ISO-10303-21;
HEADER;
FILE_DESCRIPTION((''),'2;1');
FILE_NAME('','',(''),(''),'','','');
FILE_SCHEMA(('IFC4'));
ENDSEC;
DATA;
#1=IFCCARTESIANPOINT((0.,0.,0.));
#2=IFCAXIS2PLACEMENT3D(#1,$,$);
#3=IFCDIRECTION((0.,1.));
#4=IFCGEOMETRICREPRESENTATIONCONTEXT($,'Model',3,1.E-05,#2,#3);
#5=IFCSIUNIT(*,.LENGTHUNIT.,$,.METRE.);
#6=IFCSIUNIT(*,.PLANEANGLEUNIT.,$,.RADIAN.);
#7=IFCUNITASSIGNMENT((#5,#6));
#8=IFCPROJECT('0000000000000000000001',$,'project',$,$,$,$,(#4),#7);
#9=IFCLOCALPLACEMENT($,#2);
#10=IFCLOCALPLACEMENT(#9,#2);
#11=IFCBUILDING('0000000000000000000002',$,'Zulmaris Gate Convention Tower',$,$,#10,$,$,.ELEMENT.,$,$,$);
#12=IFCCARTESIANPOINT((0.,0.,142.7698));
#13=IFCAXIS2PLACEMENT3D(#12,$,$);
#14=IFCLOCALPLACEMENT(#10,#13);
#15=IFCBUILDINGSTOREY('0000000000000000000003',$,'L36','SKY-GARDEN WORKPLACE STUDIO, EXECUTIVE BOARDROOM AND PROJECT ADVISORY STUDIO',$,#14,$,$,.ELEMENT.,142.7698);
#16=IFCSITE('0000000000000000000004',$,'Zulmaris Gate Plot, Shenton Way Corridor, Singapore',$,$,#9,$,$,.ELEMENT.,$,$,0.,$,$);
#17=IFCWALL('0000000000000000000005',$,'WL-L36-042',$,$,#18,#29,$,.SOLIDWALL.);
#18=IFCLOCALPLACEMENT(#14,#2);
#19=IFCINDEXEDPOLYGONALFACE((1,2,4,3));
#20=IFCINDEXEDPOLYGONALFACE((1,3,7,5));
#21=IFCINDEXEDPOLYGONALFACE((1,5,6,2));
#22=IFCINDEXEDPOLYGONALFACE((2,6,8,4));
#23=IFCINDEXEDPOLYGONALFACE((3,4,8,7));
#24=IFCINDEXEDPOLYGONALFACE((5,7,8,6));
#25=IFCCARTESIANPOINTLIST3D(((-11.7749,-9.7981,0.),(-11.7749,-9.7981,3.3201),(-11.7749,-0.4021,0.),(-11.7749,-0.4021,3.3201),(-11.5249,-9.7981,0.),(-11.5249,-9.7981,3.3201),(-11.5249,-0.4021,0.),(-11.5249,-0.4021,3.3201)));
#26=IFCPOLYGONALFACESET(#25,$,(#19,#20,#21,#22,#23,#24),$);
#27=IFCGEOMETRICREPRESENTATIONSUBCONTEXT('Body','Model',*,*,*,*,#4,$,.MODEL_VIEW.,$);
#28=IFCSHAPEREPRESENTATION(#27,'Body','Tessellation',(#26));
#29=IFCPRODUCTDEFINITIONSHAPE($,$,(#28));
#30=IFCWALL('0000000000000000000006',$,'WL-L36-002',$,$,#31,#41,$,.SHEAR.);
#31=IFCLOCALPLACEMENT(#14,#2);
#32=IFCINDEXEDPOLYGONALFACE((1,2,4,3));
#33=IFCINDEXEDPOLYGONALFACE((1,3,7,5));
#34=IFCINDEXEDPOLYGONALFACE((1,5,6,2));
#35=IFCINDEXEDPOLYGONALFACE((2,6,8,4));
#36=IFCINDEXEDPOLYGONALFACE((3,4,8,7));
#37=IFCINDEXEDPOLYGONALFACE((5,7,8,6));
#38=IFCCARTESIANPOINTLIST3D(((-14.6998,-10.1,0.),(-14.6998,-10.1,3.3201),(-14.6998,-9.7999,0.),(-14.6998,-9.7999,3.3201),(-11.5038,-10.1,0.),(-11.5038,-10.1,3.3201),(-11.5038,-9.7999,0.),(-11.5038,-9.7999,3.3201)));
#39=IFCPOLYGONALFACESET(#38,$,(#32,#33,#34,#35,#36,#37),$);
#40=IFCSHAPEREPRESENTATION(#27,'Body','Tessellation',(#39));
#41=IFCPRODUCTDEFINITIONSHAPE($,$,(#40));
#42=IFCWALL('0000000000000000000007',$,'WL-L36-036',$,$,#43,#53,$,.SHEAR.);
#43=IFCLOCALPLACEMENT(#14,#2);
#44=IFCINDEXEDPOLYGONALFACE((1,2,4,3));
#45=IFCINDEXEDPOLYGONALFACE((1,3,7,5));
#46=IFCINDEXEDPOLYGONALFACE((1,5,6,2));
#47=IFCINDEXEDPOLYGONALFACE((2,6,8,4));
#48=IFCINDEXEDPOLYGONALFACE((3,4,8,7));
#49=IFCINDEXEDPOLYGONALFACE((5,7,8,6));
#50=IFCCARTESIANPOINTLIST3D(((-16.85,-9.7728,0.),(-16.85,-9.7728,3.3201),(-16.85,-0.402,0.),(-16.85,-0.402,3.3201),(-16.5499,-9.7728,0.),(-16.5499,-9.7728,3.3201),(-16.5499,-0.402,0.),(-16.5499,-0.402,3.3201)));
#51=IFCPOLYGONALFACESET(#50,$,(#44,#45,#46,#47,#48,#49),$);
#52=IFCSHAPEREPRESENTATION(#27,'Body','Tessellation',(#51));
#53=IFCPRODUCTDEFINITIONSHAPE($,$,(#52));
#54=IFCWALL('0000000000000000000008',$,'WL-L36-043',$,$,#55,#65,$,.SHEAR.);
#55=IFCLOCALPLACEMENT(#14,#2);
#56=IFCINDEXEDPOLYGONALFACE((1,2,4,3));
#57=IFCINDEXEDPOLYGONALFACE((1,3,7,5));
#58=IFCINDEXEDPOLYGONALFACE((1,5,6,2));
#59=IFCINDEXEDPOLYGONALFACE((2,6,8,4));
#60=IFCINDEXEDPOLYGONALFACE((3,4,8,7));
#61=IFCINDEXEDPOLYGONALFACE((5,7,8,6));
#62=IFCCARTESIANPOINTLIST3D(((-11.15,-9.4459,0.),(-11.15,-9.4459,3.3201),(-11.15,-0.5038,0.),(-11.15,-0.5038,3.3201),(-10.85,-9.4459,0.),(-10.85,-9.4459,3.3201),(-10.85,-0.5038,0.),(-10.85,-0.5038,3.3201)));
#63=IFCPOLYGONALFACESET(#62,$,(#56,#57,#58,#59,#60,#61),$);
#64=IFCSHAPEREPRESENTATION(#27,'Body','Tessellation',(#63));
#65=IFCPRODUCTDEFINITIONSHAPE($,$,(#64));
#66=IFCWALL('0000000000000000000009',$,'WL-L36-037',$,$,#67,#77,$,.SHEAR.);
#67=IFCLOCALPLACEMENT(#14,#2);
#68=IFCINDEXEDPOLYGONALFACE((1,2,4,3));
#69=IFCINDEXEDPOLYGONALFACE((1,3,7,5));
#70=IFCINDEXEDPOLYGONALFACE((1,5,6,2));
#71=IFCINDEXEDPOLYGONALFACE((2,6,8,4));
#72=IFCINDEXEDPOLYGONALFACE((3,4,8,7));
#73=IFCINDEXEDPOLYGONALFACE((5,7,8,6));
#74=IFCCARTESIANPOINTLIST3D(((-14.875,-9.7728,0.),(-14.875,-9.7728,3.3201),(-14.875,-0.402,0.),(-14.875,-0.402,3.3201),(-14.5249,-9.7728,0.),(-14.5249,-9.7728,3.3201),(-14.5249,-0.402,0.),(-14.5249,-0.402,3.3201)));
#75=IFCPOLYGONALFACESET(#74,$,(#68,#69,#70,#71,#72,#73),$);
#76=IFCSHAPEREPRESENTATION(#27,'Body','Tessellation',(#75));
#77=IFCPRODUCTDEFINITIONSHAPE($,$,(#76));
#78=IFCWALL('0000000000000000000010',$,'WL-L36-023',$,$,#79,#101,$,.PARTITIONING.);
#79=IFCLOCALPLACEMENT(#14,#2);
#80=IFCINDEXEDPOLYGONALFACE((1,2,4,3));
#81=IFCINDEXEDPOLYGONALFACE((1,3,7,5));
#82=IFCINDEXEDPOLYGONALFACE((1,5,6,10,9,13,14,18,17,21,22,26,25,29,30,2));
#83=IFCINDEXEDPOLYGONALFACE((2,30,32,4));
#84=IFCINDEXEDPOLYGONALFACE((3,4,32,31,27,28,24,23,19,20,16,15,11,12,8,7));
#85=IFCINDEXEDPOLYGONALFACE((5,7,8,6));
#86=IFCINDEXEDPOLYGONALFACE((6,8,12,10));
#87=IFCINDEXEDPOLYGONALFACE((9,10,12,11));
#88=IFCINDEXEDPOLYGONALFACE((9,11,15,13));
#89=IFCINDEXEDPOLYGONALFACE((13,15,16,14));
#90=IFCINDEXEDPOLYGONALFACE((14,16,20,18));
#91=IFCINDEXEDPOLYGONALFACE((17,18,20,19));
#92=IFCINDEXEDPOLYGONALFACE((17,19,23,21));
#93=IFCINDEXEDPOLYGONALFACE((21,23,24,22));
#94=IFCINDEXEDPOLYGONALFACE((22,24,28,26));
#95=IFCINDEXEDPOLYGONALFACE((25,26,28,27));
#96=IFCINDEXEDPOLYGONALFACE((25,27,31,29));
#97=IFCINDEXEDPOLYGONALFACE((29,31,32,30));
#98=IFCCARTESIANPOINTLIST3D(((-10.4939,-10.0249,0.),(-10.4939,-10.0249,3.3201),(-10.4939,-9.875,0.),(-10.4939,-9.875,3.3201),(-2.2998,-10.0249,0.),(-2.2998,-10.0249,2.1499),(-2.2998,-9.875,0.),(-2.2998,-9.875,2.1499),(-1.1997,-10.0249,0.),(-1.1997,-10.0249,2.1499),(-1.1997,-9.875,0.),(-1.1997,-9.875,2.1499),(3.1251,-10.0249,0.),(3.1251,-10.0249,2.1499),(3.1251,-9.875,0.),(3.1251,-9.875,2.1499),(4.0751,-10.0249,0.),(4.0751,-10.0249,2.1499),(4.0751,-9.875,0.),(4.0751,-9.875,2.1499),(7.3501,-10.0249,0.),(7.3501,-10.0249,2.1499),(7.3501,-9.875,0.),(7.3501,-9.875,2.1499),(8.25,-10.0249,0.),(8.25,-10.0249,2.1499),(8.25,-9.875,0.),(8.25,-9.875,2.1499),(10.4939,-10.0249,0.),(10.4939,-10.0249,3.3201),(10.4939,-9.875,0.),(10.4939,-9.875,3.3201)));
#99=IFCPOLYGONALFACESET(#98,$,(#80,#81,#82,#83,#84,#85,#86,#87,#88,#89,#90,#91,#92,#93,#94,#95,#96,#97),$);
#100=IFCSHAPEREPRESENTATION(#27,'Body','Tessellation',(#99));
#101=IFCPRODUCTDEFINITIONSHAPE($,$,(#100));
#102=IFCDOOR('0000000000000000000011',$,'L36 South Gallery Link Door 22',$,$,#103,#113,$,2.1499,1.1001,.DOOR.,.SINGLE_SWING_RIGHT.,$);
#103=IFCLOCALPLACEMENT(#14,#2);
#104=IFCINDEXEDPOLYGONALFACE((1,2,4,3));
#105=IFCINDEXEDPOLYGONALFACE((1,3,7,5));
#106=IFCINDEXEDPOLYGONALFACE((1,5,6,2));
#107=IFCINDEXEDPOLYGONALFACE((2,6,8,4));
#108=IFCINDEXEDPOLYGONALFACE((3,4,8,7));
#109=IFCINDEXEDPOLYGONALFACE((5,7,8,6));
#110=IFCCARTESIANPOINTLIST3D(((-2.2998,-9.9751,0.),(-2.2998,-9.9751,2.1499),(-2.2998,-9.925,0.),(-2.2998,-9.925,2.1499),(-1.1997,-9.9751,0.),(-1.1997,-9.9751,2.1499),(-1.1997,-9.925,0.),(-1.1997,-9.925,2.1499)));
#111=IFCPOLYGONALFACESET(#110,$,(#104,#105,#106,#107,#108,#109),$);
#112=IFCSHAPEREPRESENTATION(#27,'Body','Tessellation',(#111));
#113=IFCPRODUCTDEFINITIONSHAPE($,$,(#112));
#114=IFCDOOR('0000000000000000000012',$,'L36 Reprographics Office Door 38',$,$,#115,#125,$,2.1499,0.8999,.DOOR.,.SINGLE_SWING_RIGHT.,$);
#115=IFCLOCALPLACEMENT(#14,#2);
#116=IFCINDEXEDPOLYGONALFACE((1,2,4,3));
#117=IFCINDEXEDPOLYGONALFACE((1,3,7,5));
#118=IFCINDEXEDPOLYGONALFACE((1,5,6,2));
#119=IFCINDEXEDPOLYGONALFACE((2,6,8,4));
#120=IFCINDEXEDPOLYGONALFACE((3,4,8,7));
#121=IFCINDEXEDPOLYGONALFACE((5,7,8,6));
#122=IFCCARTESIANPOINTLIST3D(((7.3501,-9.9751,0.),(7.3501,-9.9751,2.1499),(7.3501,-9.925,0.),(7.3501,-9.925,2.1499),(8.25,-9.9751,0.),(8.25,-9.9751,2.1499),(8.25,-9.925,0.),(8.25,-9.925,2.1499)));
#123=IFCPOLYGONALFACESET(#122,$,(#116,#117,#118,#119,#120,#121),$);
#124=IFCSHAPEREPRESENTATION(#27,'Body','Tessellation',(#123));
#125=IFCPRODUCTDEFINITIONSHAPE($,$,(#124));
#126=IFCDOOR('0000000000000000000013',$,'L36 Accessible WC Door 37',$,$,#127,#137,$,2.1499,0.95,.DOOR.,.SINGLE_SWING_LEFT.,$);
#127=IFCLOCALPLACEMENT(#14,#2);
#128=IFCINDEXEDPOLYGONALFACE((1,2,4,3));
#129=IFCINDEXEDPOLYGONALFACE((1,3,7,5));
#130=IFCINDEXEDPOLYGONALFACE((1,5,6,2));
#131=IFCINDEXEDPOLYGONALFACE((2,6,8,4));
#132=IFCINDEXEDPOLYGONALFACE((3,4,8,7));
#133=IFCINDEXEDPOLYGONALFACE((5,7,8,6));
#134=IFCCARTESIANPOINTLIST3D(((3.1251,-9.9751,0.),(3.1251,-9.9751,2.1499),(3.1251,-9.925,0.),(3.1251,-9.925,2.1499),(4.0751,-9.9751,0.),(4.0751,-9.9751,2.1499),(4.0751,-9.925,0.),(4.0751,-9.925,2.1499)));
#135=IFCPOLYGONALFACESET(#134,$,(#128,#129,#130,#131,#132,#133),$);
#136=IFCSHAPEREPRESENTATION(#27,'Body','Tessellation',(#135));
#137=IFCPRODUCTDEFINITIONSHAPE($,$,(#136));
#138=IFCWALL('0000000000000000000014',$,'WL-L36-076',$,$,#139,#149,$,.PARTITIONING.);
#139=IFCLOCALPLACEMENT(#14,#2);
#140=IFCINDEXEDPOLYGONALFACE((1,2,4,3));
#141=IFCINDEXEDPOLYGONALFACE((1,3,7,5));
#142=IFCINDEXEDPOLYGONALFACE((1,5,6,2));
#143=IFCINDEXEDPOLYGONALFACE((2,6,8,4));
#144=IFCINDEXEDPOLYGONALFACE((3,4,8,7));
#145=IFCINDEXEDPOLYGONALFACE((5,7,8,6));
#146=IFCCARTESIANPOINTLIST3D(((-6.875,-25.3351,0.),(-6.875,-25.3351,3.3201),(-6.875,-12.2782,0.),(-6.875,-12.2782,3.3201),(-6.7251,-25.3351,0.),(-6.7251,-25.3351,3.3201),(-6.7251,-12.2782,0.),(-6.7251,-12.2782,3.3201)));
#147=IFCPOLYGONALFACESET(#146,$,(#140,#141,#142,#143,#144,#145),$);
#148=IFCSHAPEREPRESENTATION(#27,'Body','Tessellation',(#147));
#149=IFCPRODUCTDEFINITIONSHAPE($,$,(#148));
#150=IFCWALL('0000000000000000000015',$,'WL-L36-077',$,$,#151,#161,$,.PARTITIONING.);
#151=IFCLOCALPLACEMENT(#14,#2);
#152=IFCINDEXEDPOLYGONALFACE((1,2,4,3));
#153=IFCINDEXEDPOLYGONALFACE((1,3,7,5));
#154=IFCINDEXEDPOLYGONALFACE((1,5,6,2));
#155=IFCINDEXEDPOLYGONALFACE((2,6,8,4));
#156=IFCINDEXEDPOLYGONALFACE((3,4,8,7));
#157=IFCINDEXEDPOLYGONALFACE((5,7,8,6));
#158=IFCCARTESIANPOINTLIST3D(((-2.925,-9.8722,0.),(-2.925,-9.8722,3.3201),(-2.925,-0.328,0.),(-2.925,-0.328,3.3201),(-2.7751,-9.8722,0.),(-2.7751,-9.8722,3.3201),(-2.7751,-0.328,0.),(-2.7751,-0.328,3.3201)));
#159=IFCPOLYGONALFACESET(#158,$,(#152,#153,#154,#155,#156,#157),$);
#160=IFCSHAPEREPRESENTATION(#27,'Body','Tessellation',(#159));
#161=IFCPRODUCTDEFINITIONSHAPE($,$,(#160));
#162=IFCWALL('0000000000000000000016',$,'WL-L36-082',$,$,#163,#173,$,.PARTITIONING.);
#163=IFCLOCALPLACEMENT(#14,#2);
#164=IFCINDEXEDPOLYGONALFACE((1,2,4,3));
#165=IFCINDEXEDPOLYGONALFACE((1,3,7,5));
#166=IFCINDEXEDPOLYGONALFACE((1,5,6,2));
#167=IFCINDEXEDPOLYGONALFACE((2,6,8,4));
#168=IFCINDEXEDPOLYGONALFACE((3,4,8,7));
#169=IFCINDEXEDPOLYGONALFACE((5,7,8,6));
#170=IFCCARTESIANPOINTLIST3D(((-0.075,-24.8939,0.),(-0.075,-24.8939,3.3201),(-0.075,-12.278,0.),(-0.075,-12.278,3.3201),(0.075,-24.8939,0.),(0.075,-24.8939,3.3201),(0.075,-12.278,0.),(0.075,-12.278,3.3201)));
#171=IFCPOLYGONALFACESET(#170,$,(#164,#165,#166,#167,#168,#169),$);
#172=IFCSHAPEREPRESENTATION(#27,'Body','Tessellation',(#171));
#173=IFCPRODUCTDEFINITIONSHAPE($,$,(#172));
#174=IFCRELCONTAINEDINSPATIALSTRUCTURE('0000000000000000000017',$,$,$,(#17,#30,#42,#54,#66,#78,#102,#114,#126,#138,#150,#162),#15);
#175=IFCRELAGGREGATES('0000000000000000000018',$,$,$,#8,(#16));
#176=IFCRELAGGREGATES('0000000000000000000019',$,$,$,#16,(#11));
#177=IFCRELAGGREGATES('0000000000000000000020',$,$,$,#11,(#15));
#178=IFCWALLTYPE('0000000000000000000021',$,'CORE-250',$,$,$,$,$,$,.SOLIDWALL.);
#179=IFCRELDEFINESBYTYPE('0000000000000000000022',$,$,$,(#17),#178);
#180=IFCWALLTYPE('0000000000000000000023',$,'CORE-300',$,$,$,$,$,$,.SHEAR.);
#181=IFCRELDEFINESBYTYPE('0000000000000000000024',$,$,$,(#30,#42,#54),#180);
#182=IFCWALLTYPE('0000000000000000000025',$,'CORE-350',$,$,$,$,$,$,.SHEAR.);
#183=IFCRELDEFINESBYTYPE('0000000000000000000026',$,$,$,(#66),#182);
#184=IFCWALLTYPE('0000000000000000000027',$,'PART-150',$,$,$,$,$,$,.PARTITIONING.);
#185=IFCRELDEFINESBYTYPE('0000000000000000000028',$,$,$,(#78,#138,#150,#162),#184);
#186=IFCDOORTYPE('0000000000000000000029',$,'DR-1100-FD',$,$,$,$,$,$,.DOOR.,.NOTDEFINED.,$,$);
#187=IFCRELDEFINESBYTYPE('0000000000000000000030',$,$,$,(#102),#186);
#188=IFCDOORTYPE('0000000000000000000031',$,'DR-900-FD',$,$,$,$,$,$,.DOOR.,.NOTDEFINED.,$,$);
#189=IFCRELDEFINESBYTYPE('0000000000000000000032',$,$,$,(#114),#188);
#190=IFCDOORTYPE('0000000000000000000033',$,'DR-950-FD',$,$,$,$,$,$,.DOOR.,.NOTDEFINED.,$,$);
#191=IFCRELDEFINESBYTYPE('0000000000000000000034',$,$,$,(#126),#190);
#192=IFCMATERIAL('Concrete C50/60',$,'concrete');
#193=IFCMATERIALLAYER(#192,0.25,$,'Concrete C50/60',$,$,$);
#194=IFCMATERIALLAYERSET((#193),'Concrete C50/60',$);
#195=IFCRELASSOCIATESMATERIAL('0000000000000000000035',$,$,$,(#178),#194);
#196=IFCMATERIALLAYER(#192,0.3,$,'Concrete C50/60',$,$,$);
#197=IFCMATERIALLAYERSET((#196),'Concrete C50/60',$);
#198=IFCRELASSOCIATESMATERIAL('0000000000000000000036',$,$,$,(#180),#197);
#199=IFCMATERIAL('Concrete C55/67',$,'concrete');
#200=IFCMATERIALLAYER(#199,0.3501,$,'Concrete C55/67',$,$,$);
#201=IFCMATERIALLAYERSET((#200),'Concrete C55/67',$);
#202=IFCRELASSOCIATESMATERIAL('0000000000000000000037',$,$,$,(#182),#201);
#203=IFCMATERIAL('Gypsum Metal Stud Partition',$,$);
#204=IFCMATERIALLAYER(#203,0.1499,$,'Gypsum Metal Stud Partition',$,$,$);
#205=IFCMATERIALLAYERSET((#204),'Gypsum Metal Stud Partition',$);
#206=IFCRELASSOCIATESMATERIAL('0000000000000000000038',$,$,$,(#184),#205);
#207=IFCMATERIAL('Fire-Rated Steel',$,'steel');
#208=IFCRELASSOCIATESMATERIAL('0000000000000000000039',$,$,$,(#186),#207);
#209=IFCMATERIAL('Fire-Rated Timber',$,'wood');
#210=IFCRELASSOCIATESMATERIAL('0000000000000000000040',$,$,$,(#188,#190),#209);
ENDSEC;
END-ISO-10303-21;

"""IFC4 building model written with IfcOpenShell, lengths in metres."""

from ifc_helpers import new_model, si_unit, direction, frame, frame_2d, origin, place, context, subcontext, project, spatial, rectangle, extrude, material, layer, layer_set, type_object, element, fill, save


model = new_model("IFC4")

# Units and contexts
model_context = context("Model", 3, precision=1e-05, world=origin(), true_north=direction((0.0, 1.0)))
body_context = subcontext(model_context, "Body", "Model", "MODEL_VIEW")
ifc_project = project(units=[si_unit("LENGTHUNIT", "METRE"), si_unit("PLANEANGLEUNIT", "RADIAN")], contexts=[model_context])

# Site, building, storey
site_placement = place(None, origin())
site = spatial("IfcSite", under=ifc_project, at=site_placement, Name="Zulmaris Gate Plot, Shenton Way Corridor, Singapore", CompositionType="ELEMENT", RefElevation=0.0)
building_placement = place(site_placement, origin())
building = spatial("IfcBuilding", under=site, at=building_placement, Name="Zulmaris Gate Convention Tower", CompositionType="ELEMENT")
storey_placement = place(building_placement, frame((0.0, 0.0, 142.7698)))
storey = spatial("IfcBuildingStorey", under=building, at=storey_placement, Name="L36", Description="SKY-GARDEN WORKPLACE STUDIO, EXECUTIVE BOARDROOM AND PROJECT ADVISORY STUDIO", CompositionType="ELEMENT", Elevation=142.7698)

# Walls
ifc_material_1 = material(Name="Concrete C50/60", Category="concrete")
ifc_layer_1 = layer(ifc_material_1, 0.25, Name="Concrete C50/60")
ifc_layer_set_1 = layer_set([ifc_layer_1], Name="Concrete C50/60")
wall_type_1 = type_object("IfcWallType", Name="CORE-250", PredefinedType="SOLIDWALL", material=ifc_layer_set_1)
wall_1_placement = place(storey_placement, frame((-11.6499, -9.7981, 0.0), z_axis=(0.0, 0.0, 1.0), x_axis=(0.0, 1.0, 0.0)))
element("IfcWall", 1, at=wall_1_placement, inside=storey, type_object=wall_type_1, Name="WL-L36-042", PredefinedType="SOLIDWALL", context=body_context, shape_type="SweptSolid", body=[
    extrude(rectangle(XDim=9.396, YDim=0.25, at=frame_2d((4.698, 0.0))), origin(), (0.0, 0.0, 1.0), 3.3201),
])
ifc_layer_2 = layer(ifc_material_1, 0.3, Name="Concrete C50/60")
ifc_layer_set_2 = layer_set([ifc_layer_2], Name="Concrete C50/60")
wall_type_2 = type_object("IfcWallType", Name="CORE-300", PredefinedType="SHEAR", material=ifc_layer_set_2)
wall_2_placement = place(storey_placement, frame((-14.7, -9.95, 0.0), z_axis=(0.0, 0.0, 1.0), x_axis=(1.0, 0.0, 0.0)))
element("IfcWall", 2, at=wall_2_placement, inside=storey, type_object=wall_type_2, Name="WL-L36-002", PredefinedType="SHEAR", context=body_context, shape_type="SweptSolid", body=[
    extrude(rectangle(XDim=3.196, YDim=0.3, at=frame_2d((1.5981, 0.0))), origin(), (0.0, 0.0, 1.0), 3.3201),
])
wall_3_placement = place(storey_placement, frame((-16.7, -9.7729, 0.0), z_axis=(0.0, 0.0, 1.0), x_axis=(0.0, 1.0, 0.0)))
element("IfcWall", 3, at=wall_3_placement, inside=storey, type_object=wall_type_2, Name="WL-L36-036", PredefinedType="SHEAR", context=body_context, shape_type="SweptSolid", body=[
    extrude(rectangle(XDim=9.3708, YDim=0.3, at=frame_2d((4.6855, 0.0))), origin(), (0.0, 0.0, 1.0), 3.3201),
])
wall_4_placement = place(storey_placement, frame((-11.0, -9.446, 0.0), z_axis=(0.0, 0.0, 1.0), x_axis=(0.0, 1.0, 0.0)))
element("IfcWall", 4, at=wall_4_placement, inside=storey, type_object=wall_type_2, Name="WL-L36-043", PredefinedType="SHEAR", context=body_context, shape_type="SweptSolid", body=[
    extrude(rectangle(XDim=8.9421, YDim=0.3, at=frame_2d((4.4712, 0.0))), origin(), (0.0, 0.0, 1.0), 3.3201),
])
ifc_material_2 = material(Name="Concrete C55/67", Category="concrete")
ifc_layer_3 = layer(ifc_material_2, 0.3501, Name="Concrete C55/67")
ifc_layer_set_3 = layer_set([ifc_layer_3], Name="Concrete C55/67")
wall_type_3 = type_object("IfcWallType", Name="CORE-350", PredefinedType="SHEAR", material=ifc_layer_set_3)
wall_5_placement = place(storey_placement, frame((-14.7, -9.7729, 0.0), z_axis=(0.0, 0.0, 1.0), x_axis=(0.0, 1.0, 0.0)))
element("IfcWall", 5, at=wall_5_placement, inside=storey, type_object=wall_type_3, Name="WL-L36-037", PredefinedType="SHEAR", context=body_context, shape_type="SweptSolid", body=[
    extrude(rectangle(XDim=9.3708, YDim=0.3501, at=frame_2d((4.6855, 0.0))), origin(), (0.0, 0.0, 1.0), 3.3201),
])

# Wall, openings, doors
ifc_material_3 = material(Name="Gypsum Metal Stud Partition")
ifc_layer_4 = layer(ifc_material_3, 0.1499, Name="Gypsum Metal Stud Partition")
ifc_layer_set_4 = layer_set([ifc_layer_4], Name="Gypsum Metal Stud Partition")
wall_type_4 = type_object("IfcWallType", Name="PART-150", PredefinedType="PARTITIONING", material=ifc_layer_set_4)
wall_6_placement = place(storey_placement, frame((-10.4939, -9.95, 0.0), z_axis=(0.0, 0.0, 1.0), x_axis=(1.0, 0.0, 0.0)))
wall_6 = element("IfcWall", 6, at=wall_6_placement, inside=storey, type_object=wall_type_4, Name="WL-L36-023", PredefinedType="PARTITIONING", context=body_context, shape_type="SweptSolid", body=[
    extrude(rectangle(XDim=20.9878, YDim=0.1499, at=frame_2d((10.4939, 0.0))), origin(), (0.0, 0.0, 1.0), 3.3201),
])
opening_1_placement = place(wall_6_placement, frame((8.1941, 0.0, 0.0)))
opening_1 = element("IfcOpeningElement", 7, at=opening_1_placement, cuts=wall_6, PredefinedType="OPENING", context=body_context, shape_type="SweptSolid", body=[
    extrude(rectangle(XDim=1.1001, YDim=2.1499, at=frame_2d((0.55, 1.075))), frame((0.0, 0.085, 0.0), z_axis=(0.0, -1.0, 0.0), x_axis=(1.0, 0.0, 0.0)), (0.0, 0.0, 1.0), 0.1699),
])
opening_2_placement = place(wall_6_placement, frame((13.6189, 0.0, 0.0)))
opening_2 = element("IfcOpeningElement", 8, at=opening_2_placement, cuts=wall_6, PredefinedType="OPENING", context=body_context, shape_type="SweptSolid", body=[
    extrude(rectangle(XDim=0.95, YDim=2.1499, at=frame_2d((0.4751, 1.075))), frame((0.0, 0.085, 0.0), z_axis=(0.0, -1.0, 0.0), x_axis=(1.0, 0.0, 0.0)), (0.0, 0.0, 1.0), 0.1699),
])
opening_3_placement = place(wall_6_placement, frame((17.844, 0.0, 0.0)))
opening_3 = element("IfcOpeningElement", 9, at=opening_3_placement, cuts=wall_6, PredefinedType="OPENING", context=body_context, shape_type="SweptSolid", body=[
    extrude(rectangle(XDim=0.8999, YDim=2.1499, at=frame_2d((0.45, 1.075))), frame((0.0, 0.085, 0.0), z_axis=(0.0, -1.0, 0.0), x_axis=(1.0, 0.0, 0.0)), (0.0, 0.0, 1.0), 0.1699),
])
ifc_material_4 = material(Name="Fire-Rated Steel", Category="steel")
door_type_1 = type_object("IfcDoorType", Name="DR-1100-FD", OperationType="NOTDEFINED", PredefinedType="DOOR", material=ifc_material_4)
door_1_placement = place(opening_1_placement, origin())
door_1 = element("IfcDoor", 10, at=door_1_placement, inside=storey, type_object=door_type_1, Name="L36 South Gallery Link Door 22", OperationType="SINGLE_SWING_RIGHT", OverallHeight=2.1499, OverallWidth=1.1001, PredefinedType="DOOR", context=body_context, shape_type="SweptSolid", body=[
    extrude(rectangle(XDim=1.1001, YDim=2.1499, at=frame_2d((0.55, 1.075))), frame((0.0, 0.0249, 0.0), z_axis=(0.0, -1.0, 0.0), x_axis=(1.0, 0.0, 0.0)), (0.0, 0.0, 1.0), 0.05),
])
fill(opening_1, door_1)
ifc_material_5 = material(Name="Fire-Rated Timber", Category="wood")
door_type_2 = type_object("IfcDoorType", Name="DR-900-FD", OperationType="NOTDEFINED", PredefinedType="DOOR", material=ifc_material_5)
door_2_placement = place(opening_3_placement, origin())
door_2 = element("IfcDoor", 11, at=door_2_placement, inside=storey, type_object=door_type_2, Name="L36 Reprographics Office Door 38", OperationType="SINGLE_SWING_RIGHT", OverallHeight=2.1499, OverallWidth=0.8999, PredefinedType="DOOR", context=body_context, shape_type="SweptSolid", body=[
    extrude(rectangle(XDim=0.8999, YDim=2.1499, at=frame_2d((0.45, 1.075))), frame((0.0, 0.0249, 0.0), z_axis=(0.0, -1.0, 0.0), x_axis=(1.0, 0.0, 0.0)), (0.0, 0.0, 1.0), 0.05),
])
fill(opening_3, door_2)
door_type_3 = type_object("IfcDoorType", Name="DR-950-FD", OperationType="NOTDEFINED", PredefinedType="DOOR", material=ifc_material_5)
door_3_placement = place(opening_2_placement, origin())
door_3 = element("IfcDoor", 12, at=door_3_placement, inside=storey, type_object=door_type_3, Name="L36 Accessible WC Door 37", OperationType="SINGLE_SWING_LEFT", OverallHeight=2.1499, OverallWidth=0.95, PredefinedType="DOOR", context=body_context, shape_type="SweptSolid", body=[
    extrude(rectangle(XDim=0.95, YDim=2.1499, at=frame_2d((0.4751, 1.075))), frame((0.0, 0.0249, 0.0), z_axis=(0.0, -1.0, 0.0), x_axis=(1.0, 0.0, 0.0)), (0.0, 0.0, 1.0), 0.05),
])
fill(opening_2, door_3)

# Walls
wall_7_placement = place(storey_placement, frame((-6.8, -25.335, 0.0), z_axis=(0.0, 0.0, 1.0), x_axis=(0.0, 1.0, 0.0)))
element("IfcWall", 13, at=wall_7_placement, inside=storey, type_object=wall_type_4, Name="WL-L36-076", PredefinedType="PARTITIONING", context=body_context, shape_type="SweptSolid", body=[
    extrude(rectangle(XDim=13.0569, YDim=0.1499, at=frame_2d((6.5283, 0.0))), origin(), (0.0, 0.0, 1.0), 3.3201),
])
wall_8_placement = place(storey_placement, frame((-2.8501, -9.8721, 0.0), z_axis=(0.0, 0.0, 1.0), x_axis=(0.0, 1.0, 0.0)))
element("IfcWall", 14, at=wall_8_placement, inside=storey, type_object=wall_type_4, Name="WL-L36-077", PredefinedType="PARTITIONING", context=body_context, shape_type="SweptSolid", body=[
    extrude(rectangle(XDim=9.5442, YDim=0.1499, at=frame_2d((4.772, 0.0))), origin(), (0.0, 0.0, 1.0), 3.3201),
])

# Wall
wall_9_placement = place(storey_placement, frame((0.0, -24.894, 0.0), z_axis=(0.0, 0.0, 1.0), x_axis=(0.0, 1.0, 0.0)))
element("IfcWall", 15, at=wall_9_placement, inside=storey, type_object=wall_type_4, Name="WL-L36-082", PredefinedType="PARTITIONING", context=body_context, shape_type="SweptSolid", body=[
    extrude(rectangle(XDim=12.616, YDim=0.1499, at=frame_2d((6.3081, 0.0))), origin(), (0.0, 0.0, 1.0), 3.3201),
])

save(model, "model.ifc")
